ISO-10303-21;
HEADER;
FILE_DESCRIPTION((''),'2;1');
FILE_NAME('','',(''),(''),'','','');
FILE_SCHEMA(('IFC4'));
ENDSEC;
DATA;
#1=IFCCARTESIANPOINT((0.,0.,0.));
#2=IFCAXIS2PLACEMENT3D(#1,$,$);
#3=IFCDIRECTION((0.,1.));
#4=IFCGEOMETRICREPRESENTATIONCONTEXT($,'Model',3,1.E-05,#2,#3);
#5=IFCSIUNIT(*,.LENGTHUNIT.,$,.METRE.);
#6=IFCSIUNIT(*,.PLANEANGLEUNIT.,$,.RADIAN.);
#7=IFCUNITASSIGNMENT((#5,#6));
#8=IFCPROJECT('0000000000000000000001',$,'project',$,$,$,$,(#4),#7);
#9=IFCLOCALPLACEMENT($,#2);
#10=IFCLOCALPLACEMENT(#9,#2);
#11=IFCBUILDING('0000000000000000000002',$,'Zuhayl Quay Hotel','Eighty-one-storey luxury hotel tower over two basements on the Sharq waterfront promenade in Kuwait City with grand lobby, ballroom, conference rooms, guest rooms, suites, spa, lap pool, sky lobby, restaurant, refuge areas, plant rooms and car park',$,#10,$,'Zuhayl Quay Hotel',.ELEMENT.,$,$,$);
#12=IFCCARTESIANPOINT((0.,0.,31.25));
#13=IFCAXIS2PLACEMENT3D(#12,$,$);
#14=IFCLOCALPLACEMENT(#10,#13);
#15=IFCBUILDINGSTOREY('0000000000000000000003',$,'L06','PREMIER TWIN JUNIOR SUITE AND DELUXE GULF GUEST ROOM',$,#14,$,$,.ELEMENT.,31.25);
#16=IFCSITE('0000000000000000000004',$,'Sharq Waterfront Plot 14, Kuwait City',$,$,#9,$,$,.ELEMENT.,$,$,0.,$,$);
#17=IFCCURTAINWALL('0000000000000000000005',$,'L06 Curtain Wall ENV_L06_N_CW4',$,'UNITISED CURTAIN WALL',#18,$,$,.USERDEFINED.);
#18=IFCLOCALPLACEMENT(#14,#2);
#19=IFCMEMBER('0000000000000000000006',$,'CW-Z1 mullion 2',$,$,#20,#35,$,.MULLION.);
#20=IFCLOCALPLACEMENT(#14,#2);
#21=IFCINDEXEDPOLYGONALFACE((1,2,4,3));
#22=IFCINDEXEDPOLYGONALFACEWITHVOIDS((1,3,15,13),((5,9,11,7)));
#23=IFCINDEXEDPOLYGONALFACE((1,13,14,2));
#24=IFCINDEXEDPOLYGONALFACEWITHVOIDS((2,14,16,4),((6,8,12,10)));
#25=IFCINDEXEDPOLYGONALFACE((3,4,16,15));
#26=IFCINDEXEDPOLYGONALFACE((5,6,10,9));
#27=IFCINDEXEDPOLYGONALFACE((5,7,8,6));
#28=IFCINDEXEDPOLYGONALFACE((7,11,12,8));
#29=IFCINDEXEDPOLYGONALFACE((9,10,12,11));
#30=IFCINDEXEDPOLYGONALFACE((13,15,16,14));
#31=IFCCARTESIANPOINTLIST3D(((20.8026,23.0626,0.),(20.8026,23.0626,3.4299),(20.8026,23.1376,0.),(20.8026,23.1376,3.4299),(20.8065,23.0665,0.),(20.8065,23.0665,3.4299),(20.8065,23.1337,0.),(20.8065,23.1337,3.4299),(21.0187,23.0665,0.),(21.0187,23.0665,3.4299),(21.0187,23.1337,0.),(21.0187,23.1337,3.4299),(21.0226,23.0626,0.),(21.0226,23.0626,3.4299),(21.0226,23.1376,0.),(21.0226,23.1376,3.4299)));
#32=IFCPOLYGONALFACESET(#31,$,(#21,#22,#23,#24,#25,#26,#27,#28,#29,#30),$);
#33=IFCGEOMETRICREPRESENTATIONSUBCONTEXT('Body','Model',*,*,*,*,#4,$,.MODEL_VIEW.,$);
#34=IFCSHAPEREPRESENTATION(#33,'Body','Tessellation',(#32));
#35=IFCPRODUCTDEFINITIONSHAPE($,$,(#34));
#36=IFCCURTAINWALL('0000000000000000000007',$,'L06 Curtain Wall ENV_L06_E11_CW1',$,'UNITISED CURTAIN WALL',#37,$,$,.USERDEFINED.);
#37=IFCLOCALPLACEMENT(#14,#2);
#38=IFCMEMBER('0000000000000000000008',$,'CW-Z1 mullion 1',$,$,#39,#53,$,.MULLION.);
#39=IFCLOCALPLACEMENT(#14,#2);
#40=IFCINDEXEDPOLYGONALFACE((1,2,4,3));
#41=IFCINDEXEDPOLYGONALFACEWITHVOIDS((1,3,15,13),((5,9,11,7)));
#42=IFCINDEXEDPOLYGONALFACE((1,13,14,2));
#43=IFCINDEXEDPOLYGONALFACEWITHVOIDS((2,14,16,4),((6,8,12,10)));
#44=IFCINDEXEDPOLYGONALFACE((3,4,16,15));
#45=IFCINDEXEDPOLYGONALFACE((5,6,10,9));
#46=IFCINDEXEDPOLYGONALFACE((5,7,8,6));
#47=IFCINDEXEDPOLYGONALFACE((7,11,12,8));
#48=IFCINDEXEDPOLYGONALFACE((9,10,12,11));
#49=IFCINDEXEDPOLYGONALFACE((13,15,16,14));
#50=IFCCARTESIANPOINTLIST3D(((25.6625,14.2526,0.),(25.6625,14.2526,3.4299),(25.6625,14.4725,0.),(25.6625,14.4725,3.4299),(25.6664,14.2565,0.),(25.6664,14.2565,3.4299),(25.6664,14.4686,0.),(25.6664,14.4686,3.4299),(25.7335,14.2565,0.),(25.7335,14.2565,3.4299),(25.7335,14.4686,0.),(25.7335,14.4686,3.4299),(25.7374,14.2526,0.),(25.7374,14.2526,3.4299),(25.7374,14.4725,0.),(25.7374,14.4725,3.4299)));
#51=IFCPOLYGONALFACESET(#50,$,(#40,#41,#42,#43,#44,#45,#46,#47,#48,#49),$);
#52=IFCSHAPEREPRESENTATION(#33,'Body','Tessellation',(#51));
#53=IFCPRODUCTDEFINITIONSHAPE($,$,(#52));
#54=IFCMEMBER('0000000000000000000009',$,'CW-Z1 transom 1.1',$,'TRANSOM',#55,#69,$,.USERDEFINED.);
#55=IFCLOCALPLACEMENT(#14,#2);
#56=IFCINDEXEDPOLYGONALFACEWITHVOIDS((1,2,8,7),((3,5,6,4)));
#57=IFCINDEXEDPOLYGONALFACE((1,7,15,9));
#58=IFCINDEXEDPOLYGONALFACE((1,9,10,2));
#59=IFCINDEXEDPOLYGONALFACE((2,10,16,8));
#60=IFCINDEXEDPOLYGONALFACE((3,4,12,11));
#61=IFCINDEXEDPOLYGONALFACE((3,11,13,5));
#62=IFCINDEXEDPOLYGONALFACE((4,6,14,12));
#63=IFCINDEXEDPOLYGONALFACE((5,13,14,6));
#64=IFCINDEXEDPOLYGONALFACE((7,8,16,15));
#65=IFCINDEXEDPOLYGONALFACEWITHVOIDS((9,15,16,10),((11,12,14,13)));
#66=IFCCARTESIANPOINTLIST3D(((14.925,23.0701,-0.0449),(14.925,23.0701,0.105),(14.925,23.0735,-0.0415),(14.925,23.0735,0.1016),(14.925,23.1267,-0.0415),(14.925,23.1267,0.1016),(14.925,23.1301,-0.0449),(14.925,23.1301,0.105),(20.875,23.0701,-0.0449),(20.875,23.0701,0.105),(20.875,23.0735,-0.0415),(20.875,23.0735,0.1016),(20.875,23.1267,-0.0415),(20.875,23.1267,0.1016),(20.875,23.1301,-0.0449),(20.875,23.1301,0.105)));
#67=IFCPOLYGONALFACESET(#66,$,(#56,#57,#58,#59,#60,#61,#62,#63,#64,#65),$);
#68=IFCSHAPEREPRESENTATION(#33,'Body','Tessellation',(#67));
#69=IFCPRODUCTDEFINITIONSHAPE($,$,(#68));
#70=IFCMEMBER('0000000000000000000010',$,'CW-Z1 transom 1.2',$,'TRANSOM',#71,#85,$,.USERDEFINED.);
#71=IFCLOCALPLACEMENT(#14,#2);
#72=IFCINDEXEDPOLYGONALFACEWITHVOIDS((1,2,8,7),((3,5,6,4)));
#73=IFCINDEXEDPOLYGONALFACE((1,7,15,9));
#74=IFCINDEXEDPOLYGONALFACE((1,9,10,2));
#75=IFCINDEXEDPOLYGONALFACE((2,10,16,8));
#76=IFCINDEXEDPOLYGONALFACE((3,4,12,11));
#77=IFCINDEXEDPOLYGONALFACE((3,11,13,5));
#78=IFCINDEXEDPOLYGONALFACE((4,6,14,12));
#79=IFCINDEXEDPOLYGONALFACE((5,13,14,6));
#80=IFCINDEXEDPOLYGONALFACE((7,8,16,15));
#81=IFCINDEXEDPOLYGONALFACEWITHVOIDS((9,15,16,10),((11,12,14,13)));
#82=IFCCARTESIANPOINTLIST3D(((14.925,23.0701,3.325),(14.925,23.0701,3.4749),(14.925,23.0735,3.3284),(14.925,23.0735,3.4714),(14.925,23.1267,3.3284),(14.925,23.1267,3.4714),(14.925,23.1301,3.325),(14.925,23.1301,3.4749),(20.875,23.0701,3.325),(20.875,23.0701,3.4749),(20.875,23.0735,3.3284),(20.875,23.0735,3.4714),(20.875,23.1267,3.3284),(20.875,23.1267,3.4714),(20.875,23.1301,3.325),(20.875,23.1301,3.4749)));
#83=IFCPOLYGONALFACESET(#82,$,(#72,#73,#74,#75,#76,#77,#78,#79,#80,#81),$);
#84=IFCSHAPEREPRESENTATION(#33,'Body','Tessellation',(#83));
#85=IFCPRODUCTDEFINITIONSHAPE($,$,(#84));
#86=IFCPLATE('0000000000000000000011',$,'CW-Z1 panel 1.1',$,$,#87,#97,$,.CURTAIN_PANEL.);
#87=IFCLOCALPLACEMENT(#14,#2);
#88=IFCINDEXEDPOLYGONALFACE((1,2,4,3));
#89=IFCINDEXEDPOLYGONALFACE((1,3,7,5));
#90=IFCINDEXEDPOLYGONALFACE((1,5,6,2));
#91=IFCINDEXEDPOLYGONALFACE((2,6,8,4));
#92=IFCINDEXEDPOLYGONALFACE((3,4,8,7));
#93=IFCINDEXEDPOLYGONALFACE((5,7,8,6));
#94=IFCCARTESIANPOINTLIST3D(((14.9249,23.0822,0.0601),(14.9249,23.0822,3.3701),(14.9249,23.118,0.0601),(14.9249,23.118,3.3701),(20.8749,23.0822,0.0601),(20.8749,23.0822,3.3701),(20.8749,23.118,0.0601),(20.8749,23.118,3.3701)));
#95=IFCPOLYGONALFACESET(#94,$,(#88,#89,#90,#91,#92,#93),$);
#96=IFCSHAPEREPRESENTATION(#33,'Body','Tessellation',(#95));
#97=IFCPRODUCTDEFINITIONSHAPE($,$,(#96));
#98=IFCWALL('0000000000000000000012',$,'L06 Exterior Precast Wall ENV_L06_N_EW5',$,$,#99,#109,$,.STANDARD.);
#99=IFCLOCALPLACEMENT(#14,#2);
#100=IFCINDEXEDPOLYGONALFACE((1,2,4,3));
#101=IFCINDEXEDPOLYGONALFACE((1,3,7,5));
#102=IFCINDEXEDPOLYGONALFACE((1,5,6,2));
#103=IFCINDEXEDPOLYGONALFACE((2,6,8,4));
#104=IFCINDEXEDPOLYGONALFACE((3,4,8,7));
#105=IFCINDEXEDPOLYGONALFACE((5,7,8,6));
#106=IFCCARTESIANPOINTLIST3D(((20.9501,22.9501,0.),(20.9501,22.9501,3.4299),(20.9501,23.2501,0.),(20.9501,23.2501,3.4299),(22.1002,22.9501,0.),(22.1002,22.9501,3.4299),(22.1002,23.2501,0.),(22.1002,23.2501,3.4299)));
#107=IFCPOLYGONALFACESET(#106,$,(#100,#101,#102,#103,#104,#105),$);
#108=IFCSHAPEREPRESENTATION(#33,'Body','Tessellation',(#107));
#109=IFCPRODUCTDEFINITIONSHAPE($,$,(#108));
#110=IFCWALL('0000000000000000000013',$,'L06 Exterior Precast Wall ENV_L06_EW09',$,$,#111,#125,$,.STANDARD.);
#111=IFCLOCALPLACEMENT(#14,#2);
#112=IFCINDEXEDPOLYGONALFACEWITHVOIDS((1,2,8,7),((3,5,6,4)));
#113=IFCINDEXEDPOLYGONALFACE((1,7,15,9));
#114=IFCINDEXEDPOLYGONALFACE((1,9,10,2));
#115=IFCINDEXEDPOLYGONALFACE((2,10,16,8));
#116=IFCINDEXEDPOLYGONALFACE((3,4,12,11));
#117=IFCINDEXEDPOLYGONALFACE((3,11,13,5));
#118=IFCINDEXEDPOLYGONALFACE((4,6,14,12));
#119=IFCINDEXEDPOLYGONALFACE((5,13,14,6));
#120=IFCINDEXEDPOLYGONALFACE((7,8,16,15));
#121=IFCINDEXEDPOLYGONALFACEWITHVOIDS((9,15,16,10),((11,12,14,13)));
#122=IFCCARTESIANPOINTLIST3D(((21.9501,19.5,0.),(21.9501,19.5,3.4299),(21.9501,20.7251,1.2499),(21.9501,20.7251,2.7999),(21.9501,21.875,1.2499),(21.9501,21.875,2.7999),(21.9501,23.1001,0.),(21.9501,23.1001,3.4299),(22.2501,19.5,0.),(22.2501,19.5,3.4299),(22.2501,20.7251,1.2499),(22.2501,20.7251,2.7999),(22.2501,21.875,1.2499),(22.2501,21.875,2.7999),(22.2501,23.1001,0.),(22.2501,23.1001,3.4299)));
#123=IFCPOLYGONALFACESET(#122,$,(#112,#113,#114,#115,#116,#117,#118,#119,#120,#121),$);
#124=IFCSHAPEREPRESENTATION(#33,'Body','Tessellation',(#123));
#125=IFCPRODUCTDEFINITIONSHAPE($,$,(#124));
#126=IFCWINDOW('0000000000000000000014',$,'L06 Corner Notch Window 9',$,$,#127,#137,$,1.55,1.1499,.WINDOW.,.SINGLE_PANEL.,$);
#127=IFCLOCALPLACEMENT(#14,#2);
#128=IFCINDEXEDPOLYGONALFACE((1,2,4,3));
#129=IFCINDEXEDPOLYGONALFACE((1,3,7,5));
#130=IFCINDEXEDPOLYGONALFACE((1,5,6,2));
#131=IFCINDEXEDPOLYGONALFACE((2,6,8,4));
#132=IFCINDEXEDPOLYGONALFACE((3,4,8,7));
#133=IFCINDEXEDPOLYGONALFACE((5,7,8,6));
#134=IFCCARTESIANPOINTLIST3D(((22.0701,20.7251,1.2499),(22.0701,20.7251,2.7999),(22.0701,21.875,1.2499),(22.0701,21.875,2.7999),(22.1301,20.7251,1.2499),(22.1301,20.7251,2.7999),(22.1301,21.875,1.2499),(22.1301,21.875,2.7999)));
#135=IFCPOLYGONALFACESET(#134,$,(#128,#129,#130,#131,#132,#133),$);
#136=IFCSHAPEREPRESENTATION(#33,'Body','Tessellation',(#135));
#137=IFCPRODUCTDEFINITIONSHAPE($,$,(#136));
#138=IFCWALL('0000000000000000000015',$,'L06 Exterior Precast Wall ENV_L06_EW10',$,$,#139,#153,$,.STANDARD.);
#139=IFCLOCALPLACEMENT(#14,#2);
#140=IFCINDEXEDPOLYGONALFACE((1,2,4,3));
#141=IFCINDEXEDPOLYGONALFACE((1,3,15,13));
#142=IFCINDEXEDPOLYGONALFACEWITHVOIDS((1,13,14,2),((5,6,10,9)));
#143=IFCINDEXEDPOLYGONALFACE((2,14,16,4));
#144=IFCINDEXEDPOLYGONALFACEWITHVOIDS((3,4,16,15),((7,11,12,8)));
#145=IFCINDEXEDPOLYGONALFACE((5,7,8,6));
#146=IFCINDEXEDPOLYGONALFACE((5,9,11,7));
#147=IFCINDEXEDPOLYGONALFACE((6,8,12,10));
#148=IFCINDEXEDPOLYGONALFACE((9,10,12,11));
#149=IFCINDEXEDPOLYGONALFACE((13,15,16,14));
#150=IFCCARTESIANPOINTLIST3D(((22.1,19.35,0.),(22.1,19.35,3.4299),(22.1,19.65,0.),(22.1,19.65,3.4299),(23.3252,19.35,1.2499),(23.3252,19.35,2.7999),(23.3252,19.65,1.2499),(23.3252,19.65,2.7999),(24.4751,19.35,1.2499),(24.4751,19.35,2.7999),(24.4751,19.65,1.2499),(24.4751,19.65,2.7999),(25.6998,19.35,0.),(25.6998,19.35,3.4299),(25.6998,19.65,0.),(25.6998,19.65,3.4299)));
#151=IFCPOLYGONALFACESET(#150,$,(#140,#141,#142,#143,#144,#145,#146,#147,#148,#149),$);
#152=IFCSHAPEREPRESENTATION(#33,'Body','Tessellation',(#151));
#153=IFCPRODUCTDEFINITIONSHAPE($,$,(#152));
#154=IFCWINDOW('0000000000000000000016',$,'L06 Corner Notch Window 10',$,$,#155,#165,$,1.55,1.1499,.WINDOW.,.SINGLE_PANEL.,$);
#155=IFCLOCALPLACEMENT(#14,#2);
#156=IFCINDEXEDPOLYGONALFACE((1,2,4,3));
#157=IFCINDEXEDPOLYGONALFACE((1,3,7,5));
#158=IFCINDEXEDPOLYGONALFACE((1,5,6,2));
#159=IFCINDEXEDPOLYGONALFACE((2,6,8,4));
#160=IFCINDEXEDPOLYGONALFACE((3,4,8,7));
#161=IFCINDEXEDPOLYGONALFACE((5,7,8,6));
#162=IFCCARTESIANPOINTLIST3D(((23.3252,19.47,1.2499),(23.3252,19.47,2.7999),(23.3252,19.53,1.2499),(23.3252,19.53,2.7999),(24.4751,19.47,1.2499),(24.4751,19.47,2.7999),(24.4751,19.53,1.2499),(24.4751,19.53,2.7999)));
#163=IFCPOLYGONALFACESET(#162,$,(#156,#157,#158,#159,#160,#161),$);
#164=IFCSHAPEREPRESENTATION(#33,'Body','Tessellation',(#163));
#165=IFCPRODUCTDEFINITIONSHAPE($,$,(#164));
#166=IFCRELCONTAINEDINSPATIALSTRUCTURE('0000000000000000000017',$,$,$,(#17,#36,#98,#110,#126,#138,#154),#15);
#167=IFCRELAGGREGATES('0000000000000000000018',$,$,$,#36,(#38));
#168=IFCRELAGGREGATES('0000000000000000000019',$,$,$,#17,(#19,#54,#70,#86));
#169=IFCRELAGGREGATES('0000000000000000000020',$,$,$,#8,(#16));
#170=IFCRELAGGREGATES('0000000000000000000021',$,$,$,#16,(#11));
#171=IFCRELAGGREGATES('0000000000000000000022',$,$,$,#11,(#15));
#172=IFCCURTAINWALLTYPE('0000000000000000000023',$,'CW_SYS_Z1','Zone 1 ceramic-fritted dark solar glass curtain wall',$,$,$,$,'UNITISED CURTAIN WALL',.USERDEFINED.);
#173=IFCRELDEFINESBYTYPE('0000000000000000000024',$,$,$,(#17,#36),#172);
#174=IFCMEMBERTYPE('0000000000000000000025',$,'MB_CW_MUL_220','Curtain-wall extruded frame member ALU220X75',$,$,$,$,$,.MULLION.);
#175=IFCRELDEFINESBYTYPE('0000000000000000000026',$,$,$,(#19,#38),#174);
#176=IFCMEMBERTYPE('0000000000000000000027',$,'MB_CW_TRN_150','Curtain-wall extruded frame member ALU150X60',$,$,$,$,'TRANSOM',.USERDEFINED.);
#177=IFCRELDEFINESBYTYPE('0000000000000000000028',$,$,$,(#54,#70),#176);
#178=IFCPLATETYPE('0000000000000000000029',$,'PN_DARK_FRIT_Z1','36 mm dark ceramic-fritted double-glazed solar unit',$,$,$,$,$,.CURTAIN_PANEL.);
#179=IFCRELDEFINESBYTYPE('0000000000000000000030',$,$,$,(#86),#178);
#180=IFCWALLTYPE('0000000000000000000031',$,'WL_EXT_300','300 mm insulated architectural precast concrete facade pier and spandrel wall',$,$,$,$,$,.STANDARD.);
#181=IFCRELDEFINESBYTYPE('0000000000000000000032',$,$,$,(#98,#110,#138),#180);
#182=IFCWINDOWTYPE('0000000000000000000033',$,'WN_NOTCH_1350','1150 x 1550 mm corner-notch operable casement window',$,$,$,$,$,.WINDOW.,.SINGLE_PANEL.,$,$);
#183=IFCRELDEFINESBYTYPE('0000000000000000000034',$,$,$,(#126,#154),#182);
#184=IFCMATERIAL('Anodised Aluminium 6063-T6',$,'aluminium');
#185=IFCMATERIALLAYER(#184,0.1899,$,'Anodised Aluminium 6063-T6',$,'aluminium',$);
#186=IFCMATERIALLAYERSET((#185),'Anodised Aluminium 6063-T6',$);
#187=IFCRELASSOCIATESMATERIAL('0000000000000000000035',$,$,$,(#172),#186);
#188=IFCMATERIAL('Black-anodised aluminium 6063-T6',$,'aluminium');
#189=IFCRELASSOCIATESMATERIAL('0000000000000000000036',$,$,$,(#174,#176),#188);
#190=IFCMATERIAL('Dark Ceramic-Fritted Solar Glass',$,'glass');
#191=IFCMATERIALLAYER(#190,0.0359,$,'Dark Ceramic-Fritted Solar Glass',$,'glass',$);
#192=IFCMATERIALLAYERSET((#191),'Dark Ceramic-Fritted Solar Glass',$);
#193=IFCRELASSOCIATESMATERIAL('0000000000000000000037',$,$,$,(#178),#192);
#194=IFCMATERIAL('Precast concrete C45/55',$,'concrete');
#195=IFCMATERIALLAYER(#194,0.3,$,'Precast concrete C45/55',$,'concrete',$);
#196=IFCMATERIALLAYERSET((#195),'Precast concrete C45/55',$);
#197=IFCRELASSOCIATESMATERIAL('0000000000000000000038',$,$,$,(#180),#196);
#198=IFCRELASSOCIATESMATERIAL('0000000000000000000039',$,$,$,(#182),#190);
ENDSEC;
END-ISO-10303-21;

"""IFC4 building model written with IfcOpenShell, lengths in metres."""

from ifc_helpers import new_model, si_unit, direction, frame, frame_2d, origin, origin_2d, place, context, subcontext, project, spatial, rectangle, hollow_rectangle, extrude, material, layer, layer_set, material_profile, profile_set, type_object, element, fill, aggregate, save


model = new_model("IFC4")

# Units and contexts
model_context = context("Model", 3, precision=1e-05, world=origin(), true_north=direction((0.0, 1.0)))
body_context = subcontext(model_context, "Body", "Model", "MODEL_VIEW")
ifc_project = project(units=[si_unit("LENGTHUNIT", "METRE"), si_unit("PLANEANGLEUNIT", "RADIAN")], contexts=[model_context])

# Site, building, storey
site_placement = place(None, origin())
site = spatial("IfcSite", under=ifc_project, at=site_placement, Name="Sharq Waterfront Plot 14, Kuwait City", CompositionType="ELEMENT", RefElevation=0.0)
building_placement = place(site_placement, origin())
building = spatial("IfcBuilding", under=site, at=building_placement, Name="Zuhayl Quay Hotel", Description="Eighty-one-storey luxury hotel tower over two basements on the Sharq waterfront promenade in Kuwait City with grand lobby, ballroom, conference rooms, guest rooms, suites, spa, lap pool, sky lobby, restaurant, refuge areas, plant rooms and car park", LongName="Zuhayl Quay Hotel", CompositionType="ELEMENT")
storey_placement = place(building_placement, frame((0.0, 0.0, 31.25)))
storey = spatial("IfcBuildingStorey", under=building, at=storey_placement, Name="L06", Description="PREMIER TWIN JUNIOR SUITE AND DELUXE GULF GUEST ROOM", CompositionType="ELEMENT", Elevation=31.25)

# Curtain walls, members
ifc_material_1 = material(Name="Anodised Aluminium 6063-T6", Category="aluminium")
ifc_layer_1 = layer(ifc_material_1, 0.1899, Name="Anodised Aluminium 6063-T6", Category="aluminium")
ifc_layer_set_1 = layer_set([ifc_layer_1], Name="Anodised Aluminium 6063-T6")
curtain_wall_type = type_object("IfcCurtainWallType", Name="CW_SYS_Z1", Description="Zone 1 ceramic-fritted dark solar glass curtain wall", ElementType="UNITISED CURTAIN WALL", PredefinedType="USERDEFINED", material=ifc_layer_set_1)
curtain_wall_1_placement = place(storey_placement, origin())
curtain_wall_1 = element("IfcCurtainWall", 1, at=curtain_wall_1_placement, inside=storey, type_object=curtain_wall_type, Name="L06 Curtain Wall ENV_L06_N_CW4", ObjectType="UNITISED CURTAIN WALL", PredefinedType="USERDEFINED")
ifc_material_2 = material(Name="Black-anodised aluminium 6063-T6", Category="aluminium")
ifc_material_profile_1 = material_profile(ifc_material_2, hollow_rectangle(XDim=0.075, YDim=0.22, WallThickness=0.0039, at=origin_2d()), Name="ALU220X75")
ifc_profile_set_1 = profile_set([ifc_material_profile_1], Name="Black-anodised aluminium 6063-T6")
member_type_1 = type_object("IfcMemberType", Name="MB_CW_MUL_220", Description="Curtain-wall extruded frame member ALU220X75", PredefinedType="MULLION", material=ifc_profile_set_1)
member_1_placement = place(storey_placement, frame((20.9126, 23.1001, 0.0), z_axis=(0.0, 0.0, 1.0), x_axis=(0.0, 1.0, 0.0)))
member_1 = element("IfcMember", 2, at=member_1_placement, type_object=member_type_1, Name="CW-Z1 mullion 2", PredefinedType="MULLION", context=body_context, shape_type="SweptSolid", body=[
    extrude(hollow_rectangle(XDim=0.075, YDim=0.22, WallThickness=0.0039, at=origin_2d()), origin(), (0.0, 0.0, 1.0), 3.4299),
])
curtain_wall_2_placement = place(storey_placement, origin())
curtain_wall_2 = element("IfcCurtainWall", 3, at=curtain_wall_2_placement, inside=storey, type_object=curtain_wall_type, Name="L06 Curtain Wall ENV_L06_E11_CW1", ObjectType="UNITISED CURTAIN WALL", PredefinedType="USERDEFINED")
member_2_placement = place(storey_placement, frame((25.7, 14.3625, 0.0), z_axis=(0.0, 0.0, 1.0), x_axis=(1.0, 0.0, 0.0)))
member_2 = element("IfcMember", 4, at=member_2_placement, type_object=member_type_1, Name="CW-Z1 mullion 1", PredefinedType="MULLION", context=body_context, shape_type="SweptSolid", body=[
    extrude(hollow_rectangle(XDim=0.075, YDim=0.22, WallThickness=0.0039, at=origin_2d()), origin(), (0.0, 0.0, 1.0), 3.4299),
])
aggregate(curtain_wall_2, [member_2])

# Members
ifc_material_profile_2 = material_profile(ifc_material_2, hollow_rectangle(XDim=0.0601, YDim=0.1499, WallThickness=0.0034, at=origin_2d()), Name="ALU150X60")
ifc_profile_set_2 = profile_set([ifc_material_profile_2], Name="Black-anodised aluminium 6063-T6")
member_type_2 = type_object("IfcMemberType", Name="MB_CW_TRN_150", Description="Curtain-wall extruded frame member ALU150X60", ElementType="TRANSOM", PredefinedType="USERDEFINED", material=ifc_profile_set_2)
member_3_placement = place(storey_placement, frame((14.925, 23.1001, 0.03), z_axis=(1.0, 0.0, 0.0), x_axis=(0.0, 1.0, 0.0)))
member_3 = element("IfcMember", 5, at=member_3_placement, type_object=member_type_2, Name="CW-Z1 transom 1.1", ObjectType="TRANSOM", PredefinedType="USERDEFINED", context=body_context, shape_type="SweptSolid", body=[
    extrude(hollow_rectangle(XDim=0.0601, YDim=0.1499, WallThickness=0.0034, at=origin_2d()), origin(), (0.0, 0.0, 1.0), 5.95),
])
member_4_placement = place(storey_placement, frame((14.925, 23.1001, 3.3999), z_axis=(1.0, 0.0, 0.0), x_axis=(0.0, 1.0, 0.0)))
member_4 = element("IfcMember", 6, at=member_4_placement, type_object=member_type_2, Name="CW-Z1 transom 1.2", ObjectType="TRANSOM", PredefinedType="USERDEFINED", context=body_context, shape_type="SweptSolid", body=[
    extrude(hollow_rectangle(XDim=0.0601, YDim=0.1499, WallThickness=0.0034, at=origin_2d()), origin(), (0.0, 0.0, 1.0), 5.95),
])

# Plate
ifc_material_3 = material(Name="Dark Ceramic-Fritted Solar Glass", Category="glass")
ifc_layer_2 = layer(ifc_material_3, 0.0359, Name="Dark Ceramic-Fritted Solar Glass", Category="glass")
ifc_layer_set_2 = layer_set([ifc_layer_2], Name="Dark Ceramic-Fritted Solar Glass")
plate_type = type_object("IfcPlateType", Name="PN_DARK_FRIT_Z1", Description="36 mm dark ceramic-fritted double-glazed solar unit", PredefinedType="CURTAIN_PANEL", material=ifc_layer_set_2)
plate_placement = place(storey_placement, frame((17.8999, 23.1001, 0.0601), z_axis=(0.0, 0.0, 1.0), x_axis=(1.0, 0.0, 0.0)))
plate = element("IfcPlate", 7, at=plate_placement, type_object=plate_type, Name="CW-Z1 panel 1.1", PredefinedType="CURTAIN_PANEL", context=body_context, shape_type="SweptSolid", body=[
    extrude(rectangle(XDim=5.95, YDim=0.0359, at=origin_2d()), origin(), (0.0, 0.0, 1.0), 3.3101),
])
aggregate(curtain_wall_1, [member_1, member_3, member_4, plate])

# Wall
ifc_material_4 = material(Name="Precast concrete C45/55", Category="concrete")
ifc_layer_3 = layer(ifc_material_4, 0.3, Name="Precast concrete C45/55", Category="concrete")
ifc_layer_set_3 = layer_set([ifc_layer_3], Name="Precast concrete C45/55")
wall_type_1 = type_object("IfcWallType", Name="WL_EXT_300", Description="300 mm insulated architectural precast concrete facade pier and spandrel wall", PredefinedType="STANDARD", material=ifc_layer_set_3)
wall_1_placement = place(storey_placement, frame((20.95, 23.1001, 0.0), z_axis=(0.0, 0.0, 1.0), x_axis=(1.0, 0.0, 0.0)))
element("IfcWall", 8, at=wall_1_placement, inside=storey, type_object=wall_type_1, Name="L06 Exterior Precast Wall ENV_L06_N_EW5", PredefinedType="STANDARD", context=body_context, shape_type="SweptSolid", body=[
    extrude(rectangle(XDim=1.1501, YDim=0.3, at=frame_2d((0.5752, 0.0))), origin(), (0.0, 0.0, 1.0), 3.4299),
])

# Walls, openings, windows
wall_2_placement = place(storey_placement, frame((22.1001, 23.1001, 0.0), z_axis=(0.0, 0.0, 1.0), x_axis=(0.0, -1.0, 0.0)))
wall_2 = element("IfcWall", 9, at=wall_2_placement, inside=storey, type_object=wall_type_1, Name="L06 Exterior Precast Wall ENV_L06_EW09", PredefinedType="STANDARD", context=body_context, shape_type="SweptSolid", body=[
    extrude(rectangle(XDim=3.6001, YDim=0.3, at=frame_2d((1.8, 0.0))), origin(), (0.0, 0.0, 1.0), 3.4299),
])
opening_1_placement = place(wall_2_placement, frame((1.2251, 0.0, 1.25)))
opening_1 = element("IfcOpeningElement", 10, at=opening_1_placement, cuts=wall_2, PredefinedType="OPENING", context=body_context, shape_type="SweptSolid", body=[
    extrude(rectangle(XDim=1.1499, YDim=1.55, at=frame_2d((0.575, 0.7749))), frame((0.0, 0.1599, 0.0), z_axis=(0.0, -1.0, 0.0), x_axis=(1.0, 0.0, 0.0)), (0.0, 0.0, 1.0), 0.3201),
])
window_type_1 = type_object("IfcWindowType", Name="WN_NOTCH_1350", Description="1150 x 1550 mm corner-notch operable casement window", PartitioningType="SINGLE_PANEL", PredefinedType="WINDOW", material=ifc_material_3)
window_1_placement = place(opening_1_placement, origin())
window_1 = element("IfcWindow", 11, at=window_1_placement, inside=storey, type_object=window_type_1, Name="L06 Corner Notch Window 9", OverallHeight=1.55, OverallWidth=1.1499, PartitioningType="SINGLE_PANEL", PredefinedType="WINDOW", context=body_context, shape_type="SweptSolid", body=[
    extrude(rectangle(XDim=1.1499, YDim=1.55, at=frame_2d((0.575, 0.7749))), frame((0.0, 0.03, 0.0), z_axis=(0.0, -1.0, 0.0), x_axis=(1.0, 0.0, 0.0)), (0.0, 0.0, 1.0), 0.0601),
])
fill(opening_1, window_1)
wall_3_placement = place(storey_placement, frame((22.1001, 19.5, 0.0), z_axis=(0.0, 0.0, 1.0), x_axis=(1.0, 0.0, 0.0)))
wall_3 = element("IfcWall", 12, at=wall_3_placement, inside=storey, type_object=wall_type_1, Name="L06 Exterior Precast Wall ENV_L06_EW10", PredefinedType="STANDARD", context=body_context, shape_type="SweptSolid", body=[
    extrude(rectangle(XDim=3.5999, YDim=0.3, at=frame_2d((1.7998, 0.0))), origin(), (0.0, 0.0, 1.0), 3.4299),
])
opening_2_placement = place(wall_3_placement, frame((1.2251, 0.0, 1.25)))
opening_2 = element("IfcOpeningElement", 13, at=opening_2_placement, cuts=wall_3, PredefinedType="OPENING", context=body_context, shape_type="SweptSolid", body=[
    extrude(rectangle(XDim=1.1499, YDim=1.55, at=frame_2d((0.575, 0.7749))), frame((0.0, 0.1599, 0.0), z_axis=(0.0, -1.0, 0.0), x_axis=(1.0, 0.0, 0.0)), (0.0, 0.0, 1.0), 0.3201),
])
window_2_placement = place(opening_2_placement, origin())
window_2 = element("IfcWindow", 14, at=window_2_placement, inside=storey, type_object=window_type_1, Name="L06 Corner Notch Window 10", OverallHeight=1.55, OverallWidth=1.1499, PartitioningType="SINGLE_PANEL", PredefinedType="WINDOW", context=body_context, shape_type="SweptSolid", body=[
    extrude(rectangle(XDim=1.1499, YDim=1.55, at=frame_2d((0.575, 0.7749))), frame((0.0, 0.03, 0.0), z_axis=(0.0, -1.0, 0.0), x_axis=(1.0, 0.0, 0.0)), (0.0, 0.0, 1.0), 0.0601),
])
fill(opening_2, window_2)

save(model, "model.ifc")
